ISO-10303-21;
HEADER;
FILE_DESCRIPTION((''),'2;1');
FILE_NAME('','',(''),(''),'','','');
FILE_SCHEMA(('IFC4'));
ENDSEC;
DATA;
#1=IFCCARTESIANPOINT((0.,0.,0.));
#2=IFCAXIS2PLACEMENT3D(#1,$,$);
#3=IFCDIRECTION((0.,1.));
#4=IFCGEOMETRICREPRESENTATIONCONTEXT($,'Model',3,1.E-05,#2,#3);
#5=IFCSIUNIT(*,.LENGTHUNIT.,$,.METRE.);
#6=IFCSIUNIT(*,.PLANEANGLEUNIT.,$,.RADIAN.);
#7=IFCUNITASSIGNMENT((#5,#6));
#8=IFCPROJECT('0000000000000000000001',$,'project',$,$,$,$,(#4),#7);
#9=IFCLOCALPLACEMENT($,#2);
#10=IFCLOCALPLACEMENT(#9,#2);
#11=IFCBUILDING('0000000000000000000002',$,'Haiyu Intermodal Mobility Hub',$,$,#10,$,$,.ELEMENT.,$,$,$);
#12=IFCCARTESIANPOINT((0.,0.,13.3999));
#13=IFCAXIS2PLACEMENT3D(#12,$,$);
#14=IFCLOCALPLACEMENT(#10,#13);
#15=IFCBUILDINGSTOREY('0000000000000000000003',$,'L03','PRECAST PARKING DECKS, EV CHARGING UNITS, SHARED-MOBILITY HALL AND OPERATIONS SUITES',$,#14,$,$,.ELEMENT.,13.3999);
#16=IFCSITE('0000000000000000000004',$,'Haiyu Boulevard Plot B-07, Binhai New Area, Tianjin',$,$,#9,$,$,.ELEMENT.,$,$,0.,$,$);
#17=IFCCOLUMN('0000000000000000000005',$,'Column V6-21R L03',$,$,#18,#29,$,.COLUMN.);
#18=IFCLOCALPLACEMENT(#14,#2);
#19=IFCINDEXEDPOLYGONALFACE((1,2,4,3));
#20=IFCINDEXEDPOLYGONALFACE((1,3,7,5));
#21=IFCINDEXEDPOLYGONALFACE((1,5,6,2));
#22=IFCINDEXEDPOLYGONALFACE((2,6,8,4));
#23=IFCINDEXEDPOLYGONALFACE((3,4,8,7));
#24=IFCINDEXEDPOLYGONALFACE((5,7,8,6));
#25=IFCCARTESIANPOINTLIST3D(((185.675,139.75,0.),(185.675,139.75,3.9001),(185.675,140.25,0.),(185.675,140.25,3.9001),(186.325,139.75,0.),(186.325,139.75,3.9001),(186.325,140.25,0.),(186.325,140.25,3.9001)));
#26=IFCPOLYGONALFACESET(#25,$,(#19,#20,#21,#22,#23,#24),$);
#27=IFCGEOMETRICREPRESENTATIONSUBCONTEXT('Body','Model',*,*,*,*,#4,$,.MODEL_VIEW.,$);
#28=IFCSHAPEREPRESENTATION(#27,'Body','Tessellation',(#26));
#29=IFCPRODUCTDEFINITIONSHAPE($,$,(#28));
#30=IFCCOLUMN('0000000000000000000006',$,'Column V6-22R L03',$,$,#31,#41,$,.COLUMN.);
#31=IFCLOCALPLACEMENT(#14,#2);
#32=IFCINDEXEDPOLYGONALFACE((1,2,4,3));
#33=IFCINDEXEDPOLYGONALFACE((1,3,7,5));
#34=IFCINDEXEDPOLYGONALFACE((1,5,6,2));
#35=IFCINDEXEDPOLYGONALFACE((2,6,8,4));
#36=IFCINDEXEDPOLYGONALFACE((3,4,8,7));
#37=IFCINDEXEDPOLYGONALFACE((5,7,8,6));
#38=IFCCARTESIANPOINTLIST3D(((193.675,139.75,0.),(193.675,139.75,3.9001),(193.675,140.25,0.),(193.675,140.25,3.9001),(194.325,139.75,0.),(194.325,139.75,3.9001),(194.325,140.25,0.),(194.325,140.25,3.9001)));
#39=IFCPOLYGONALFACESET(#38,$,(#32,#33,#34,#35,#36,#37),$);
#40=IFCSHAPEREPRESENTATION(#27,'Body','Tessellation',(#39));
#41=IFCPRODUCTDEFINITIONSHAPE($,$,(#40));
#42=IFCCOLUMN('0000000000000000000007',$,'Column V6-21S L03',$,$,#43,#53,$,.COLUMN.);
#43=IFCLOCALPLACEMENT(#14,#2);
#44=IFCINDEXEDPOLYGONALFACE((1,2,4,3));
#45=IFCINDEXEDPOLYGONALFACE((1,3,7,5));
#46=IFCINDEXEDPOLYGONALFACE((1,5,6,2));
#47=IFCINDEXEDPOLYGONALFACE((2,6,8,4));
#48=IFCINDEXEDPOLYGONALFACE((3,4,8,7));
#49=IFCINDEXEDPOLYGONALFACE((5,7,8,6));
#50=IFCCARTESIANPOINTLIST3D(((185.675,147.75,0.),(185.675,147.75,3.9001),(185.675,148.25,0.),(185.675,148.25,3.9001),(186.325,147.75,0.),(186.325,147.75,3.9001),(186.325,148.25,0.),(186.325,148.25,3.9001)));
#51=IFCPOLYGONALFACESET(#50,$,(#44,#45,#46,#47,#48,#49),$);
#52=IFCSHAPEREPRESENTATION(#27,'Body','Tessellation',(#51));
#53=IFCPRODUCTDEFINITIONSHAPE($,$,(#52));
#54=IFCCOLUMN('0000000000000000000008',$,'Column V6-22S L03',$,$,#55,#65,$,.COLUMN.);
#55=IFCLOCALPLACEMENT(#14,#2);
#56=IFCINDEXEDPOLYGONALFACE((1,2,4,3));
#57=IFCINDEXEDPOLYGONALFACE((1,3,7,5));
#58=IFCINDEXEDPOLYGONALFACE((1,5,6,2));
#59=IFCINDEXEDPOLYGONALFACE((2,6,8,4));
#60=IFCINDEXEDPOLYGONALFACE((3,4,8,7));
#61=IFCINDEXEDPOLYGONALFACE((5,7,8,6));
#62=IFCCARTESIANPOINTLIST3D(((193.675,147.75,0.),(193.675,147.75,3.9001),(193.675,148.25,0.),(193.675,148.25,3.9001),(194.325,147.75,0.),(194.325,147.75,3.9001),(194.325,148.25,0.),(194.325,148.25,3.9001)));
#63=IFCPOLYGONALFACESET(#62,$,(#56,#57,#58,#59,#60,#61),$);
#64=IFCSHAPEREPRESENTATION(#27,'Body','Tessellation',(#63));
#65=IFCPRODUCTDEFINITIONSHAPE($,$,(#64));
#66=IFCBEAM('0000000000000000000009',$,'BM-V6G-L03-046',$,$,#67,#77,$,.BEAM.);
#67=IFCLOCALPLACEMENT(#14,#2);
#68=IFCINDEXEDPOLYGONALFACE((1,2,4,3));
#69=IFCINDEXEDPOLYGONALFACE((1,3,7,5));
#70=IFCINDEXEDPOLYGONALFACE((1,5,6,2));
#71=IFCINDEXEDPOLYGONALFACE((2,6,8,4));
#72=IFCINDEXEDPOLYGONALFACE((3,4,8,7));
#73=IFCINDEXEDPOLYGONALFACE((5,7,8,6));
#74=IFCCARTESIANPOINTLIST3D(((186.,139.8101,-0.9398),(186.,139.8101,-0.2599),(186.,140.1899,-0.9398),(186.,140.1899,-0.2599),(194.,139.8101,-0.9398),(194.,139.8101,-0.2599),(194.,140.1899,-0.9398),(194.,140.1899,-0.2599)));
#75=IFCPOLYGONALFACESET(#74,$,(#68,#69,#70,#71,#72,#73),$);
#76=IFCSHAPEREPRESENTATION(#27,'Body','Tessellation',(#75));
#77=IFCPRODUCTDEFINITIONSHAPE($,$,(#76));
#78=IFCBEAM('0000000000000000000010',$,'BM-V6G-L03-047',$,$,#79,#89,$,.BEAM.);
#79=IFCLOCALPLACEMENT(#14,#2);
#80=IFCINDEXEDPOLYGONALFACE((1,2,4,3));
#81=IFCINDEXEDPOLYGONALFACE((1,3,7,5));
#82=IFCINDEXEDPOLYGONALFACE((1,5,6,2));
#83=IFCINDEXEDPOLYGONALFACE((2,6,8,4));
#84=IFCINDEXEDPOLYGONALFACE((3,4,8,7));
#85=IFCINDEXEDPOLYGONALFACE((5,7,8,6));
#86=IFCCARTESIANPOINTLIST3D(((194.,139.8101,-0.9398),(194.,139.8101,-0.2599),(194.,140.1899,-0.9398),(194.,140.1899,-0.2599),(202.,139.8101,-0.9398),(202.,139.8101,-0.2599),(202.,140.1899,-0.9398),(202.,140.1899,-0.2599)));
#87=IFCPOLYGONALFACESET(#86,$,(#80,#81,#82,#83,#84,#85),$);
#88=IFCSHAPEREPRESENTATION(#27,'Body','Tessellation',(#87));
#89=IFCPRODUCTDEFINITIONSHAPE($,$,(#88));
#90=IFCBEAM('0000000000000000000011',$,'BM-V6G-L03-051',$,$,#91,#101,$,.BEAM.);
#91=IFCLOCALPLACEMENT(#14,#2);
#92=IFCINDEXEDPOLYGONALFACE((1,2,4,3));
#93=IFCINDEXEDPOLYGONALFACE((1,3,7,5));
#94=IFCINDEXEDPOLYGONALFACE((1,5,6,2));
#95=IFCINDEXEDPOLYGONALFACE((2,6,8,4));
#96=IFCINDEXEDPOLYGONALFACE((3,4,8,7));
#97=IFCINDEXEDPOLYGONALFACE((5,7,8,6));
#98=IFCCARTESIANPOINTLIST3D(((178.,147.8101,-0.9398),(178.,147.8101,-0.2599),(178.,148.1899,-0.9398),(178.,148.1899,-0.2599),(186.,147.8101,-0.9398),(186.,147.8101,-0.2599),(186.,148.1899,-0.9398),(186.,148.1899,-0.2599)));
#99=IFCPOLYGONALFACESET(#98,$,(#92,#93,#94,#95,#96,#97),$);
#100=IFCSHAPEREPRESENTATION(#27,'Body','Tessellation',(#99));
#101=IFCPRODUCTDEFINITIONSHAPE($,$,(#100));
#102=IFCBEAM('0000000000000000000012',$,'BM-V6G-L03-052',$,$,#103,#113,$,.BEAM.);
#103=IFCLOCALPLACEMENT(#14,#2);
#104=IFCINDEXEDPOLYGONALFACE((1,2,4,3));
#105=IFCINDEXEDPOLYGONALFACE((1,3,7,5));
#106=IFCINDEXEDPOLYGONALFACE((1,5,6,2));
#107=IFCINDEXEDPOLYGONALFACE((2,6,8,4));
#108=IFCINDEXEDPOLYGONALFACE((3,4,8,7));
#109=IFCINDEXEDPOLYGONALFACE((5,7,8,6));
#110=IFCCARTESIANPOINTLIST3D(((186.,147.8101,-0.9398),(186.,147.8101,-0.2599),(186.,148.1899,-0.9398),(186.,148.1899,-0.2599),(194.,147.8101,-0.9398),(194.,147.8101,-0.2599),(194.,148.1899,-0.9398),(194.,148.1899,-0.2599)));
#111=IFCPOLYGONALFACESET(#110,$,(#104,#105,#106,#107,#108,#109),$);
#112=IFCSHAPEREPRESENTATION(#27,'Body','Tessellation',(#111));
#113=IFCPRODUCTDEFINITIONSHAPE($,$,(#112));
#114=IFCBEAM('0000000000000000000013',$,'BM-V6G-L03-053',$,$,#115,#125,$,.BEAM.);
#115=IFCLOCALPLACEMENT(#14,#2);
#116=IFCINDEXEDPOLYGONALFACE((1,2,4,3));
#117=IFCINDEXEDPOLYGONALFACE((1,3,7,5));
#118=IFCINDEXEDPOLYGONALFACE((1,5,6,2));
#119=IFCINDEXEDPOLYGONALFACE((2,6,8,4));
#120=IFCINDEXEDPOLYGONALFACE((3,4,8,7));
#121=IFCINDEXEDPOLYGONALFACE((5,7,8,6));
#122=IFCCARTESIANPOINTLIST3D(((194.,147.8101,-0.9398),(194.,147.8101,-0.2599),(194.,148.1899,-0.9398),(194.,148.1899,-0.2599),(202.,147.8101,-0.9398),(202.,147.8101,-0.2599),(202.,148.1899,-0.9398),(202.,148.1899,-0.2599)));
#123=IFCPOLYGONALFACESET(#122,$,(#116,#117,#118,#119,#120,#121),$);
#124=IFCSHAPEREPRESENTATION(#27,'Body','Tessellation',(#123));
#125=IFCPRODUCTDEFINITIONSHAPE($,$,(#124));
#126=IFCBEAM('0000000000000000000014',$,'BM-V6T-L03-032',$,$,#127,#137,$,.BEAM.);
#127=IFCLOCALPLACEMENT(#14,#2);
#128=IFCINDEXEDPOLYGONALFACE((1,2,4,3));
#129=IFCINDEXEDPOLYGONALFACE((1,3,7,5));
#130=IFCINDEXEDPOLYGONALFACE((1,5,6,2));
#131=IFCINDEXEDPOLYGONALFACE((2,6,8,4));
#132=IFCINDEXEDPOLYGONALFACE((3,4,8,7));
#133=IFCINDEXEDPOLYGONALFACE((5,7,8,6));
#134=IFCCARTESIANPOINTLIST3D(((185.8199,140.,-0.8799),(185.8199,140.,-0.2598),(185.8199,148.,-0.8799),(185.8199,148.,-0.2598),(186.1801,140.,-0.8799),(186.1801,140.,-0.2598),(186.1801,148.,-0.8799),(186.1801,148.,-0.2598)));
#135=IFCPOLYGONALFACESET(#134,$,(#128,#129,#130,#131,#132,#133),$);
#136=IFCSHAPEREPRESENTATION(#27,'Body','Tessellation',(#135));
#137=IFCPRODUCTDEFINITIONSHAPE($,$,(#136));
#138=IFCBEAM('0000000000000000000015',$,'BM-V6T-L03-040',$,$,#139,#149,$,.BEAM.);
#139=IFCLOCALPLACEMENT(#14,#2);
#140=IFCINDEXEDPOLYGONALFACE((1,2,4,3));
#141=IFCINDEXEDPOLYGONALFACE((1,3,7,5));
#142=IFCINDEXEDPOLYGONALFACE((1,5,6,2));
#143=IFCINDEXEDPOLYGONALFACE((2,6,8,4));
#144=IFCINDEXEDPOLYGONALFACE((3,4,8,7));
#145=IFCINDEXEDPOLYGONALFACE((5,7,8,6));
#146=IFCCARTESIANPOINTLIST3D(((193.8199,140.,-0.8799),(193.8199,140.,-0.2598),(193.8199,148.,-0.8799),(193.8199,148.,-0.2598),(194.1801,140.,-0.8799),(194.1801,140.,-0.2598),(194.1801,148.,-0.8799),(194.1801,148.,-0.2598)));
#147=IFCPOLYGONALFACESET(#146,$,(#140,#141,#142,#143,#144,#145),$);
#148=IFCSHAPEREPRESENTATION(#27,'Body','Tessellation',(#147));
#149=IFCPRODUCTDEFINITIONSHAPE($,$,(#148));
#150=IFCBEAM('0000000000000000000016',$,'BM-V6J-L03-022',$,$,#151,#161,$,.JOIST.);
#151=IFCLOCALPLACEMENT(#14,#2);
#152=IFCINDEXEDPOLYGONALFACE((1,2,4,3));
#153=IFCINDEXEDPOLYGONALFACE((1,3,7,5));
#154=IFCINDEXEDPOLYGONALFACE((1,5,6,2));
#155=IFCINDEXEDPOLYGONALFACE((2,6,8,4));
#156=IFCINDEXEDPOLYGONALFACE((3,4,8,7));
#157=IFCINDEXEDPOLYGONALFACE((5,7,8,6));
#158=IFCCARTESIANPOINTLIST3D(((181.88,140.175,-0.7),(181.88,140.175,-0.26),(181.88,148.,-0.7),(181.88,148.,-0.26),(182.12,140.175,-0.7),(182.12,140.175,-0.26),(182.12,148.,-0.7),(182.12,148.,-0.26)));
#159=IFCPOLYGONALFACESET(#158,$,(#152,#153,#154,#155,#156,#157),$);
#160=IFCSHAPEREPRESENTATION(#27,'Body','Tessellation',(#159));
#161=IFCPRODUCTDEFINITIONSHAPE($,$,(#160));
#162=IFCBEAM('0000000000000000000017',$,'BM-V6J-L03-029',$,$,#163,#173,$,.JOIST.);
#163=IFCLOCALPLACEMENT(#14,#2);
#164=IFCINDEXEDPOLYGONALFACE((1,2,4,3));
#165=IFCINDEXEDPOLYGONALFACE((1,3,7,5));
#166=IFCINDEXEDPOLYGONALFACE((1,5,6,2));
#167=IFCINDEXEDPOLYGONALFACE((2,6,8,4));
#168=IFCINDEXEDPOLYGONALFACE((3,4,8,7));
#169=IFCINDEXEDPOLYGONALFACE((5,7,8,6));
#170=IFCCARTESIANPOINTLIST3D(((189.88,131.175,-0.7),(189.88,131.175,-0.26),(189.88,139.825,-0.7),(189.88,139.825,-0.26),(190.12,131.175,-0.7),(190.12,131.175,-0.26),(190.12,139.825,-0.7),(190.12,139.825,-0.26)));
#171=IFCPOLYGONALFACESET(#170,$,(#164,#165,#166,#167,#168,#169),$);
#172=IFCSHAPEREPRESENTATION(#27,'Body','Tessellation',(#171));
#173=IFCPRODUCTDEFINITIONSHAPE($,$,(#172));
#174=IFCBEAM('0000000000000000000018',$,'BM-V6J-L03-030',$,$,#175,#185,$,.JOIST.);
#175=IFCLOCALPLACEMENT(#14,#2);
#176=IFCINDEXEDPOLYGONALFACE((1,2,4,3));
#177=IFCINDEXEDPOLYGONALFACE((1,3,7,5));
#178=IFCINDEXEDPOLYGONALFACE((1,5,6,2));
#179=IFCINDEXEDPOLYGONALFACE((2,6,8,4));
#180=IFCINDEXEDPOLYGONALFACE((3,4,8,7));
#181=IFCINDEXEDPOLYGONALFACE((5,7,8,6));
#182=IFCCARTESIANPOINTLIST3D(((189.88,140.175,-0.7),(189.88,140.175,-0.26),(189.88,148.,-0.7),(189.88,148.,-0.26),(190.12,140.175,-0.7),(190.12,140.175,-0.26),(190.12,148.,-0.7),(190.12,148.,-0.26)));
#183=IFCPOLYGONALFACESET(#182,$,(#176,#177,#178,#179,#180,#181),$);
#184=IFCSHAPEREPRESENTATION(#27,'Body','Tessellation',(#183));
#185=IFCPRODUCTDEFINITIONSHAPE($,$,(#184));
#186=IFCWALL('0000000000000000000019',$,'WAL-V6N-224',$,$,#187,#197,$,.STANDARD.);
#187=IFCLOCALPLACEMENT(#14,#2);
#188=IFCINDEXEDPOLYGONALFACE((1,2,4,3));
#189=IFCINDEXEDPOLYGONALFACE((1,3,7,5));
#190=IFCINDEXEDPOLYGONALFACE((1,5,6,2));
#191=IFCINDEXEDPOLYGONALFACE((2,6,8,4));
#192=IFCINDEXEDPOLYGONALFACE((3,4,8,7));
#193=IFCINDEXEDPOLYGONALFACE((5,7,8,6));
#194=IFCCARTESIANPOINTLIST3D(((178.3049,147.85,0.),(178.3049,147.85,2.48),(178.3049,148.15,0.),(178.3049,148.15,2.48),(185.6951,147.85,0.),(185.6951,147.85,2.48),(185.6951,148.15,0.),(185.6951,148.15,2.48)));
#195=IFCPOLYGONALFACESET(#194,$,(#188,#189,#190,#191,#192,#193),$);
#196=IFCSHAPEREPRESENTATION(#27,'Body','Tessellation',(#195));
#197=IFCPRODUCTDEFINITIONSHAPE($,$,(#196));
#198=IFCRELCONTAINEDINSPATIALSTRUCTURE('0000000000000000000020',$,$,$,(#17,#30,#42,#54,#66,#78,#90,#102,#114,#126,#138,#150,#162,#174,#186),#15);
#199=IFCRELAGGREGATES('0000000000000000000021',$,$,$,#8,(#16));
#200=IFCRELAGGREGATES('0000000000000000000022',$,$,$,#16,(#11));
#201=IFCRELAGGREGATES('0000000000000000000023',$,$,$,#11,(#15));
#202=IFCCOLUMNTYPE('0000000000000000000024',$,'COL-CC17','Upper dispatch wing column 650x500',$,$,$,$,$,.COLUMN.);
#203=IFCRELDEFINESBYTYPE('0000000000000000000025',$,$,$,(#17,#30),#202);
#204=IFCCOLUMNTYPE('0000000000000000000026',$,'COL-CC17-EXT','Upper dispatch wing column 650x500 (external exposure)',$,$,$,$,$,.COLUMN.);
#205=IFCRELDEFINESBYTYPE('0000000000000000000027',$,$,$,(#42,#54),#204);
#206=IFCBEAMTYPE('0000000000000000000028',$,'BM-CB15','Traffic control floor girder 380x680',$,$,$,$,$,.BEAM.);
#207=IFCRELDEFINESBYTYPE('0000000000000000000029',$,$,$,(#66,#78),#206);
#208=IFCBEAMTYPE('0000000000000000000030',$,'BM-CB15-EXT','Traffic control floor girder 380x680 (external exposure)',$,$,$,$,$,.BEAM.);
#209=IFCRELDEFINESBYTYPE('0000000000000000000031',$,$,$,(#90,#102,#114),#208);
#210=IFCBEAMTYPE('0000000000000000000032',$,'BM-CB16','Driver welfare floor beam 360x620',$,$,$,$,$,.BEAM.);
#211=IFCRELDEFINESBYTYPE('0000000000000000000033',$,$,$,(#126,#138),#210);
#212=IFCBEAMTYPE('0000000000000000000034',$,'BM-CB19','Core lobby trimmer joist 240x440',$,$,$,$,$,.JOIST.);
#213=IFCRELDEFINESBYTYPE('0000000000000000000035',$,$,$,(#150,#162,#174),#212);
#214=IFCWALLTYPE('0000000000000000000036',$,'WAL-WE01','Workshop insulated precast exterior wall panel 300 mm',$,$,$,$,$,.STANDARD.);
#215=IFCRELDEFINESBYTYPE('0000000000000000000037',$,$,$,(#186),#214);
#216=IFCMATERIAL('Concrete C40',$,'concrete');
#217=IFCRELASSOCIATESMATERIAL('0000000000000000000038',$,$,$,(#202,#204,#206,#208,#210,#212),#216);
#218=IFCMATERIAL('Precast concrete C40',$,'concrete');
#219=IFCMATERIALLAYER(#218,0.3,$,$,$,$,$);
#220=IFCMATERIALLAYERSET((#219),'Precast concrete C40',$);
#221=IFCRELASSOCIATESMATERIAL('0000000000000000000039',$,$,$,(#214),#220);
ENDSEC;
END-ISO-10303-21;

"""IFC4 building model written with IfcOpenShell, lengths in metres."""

from ifc_helpers import new_model, si_unit, direction, frame, frame_2d, origin, origin_2d, place, context, subcontext, project, spatial, rectangle, extrude, material, layer, layer_set, material_profile, profile_set, type_object, element, save


model = new_model("IFC4")

# Units and contexts
model_context = context("Model", 3, precision=1e-05, world=origin(), true_north=direction((0.0, 1.0)))
body_context = subcontext(model_context, "Body", "Model", "MODEL_VIEW")
ifc_project = project(units=[si_unit("LENGTHUNIT", "METRE"), si_unit("PLANEANGLEUNIT", "RADIAN")], contexts=[model_context])

# Site, building, storey
site_placement = place(None, origin())
site = spatial("IfcSite", under=ifc_project, at=site_placement, Name="Haiyu Boulevard Plot B-07, Binhai New Area, Tianjin", CompositionType="ELEMENT", RefElevation=0.0)
building_placement = place(site_placement, origin())
building = spatial("IfcBuilding", under=site, at=building_placement, Name="Haiyu Intermodal Mobility Hub", CompositionType="ELEMENT")
storey_placement = place(building_placement, frame((0.0, 0.0, 13.3999)))
storey = spatial("IfcBuildingStorey", under=building, at=storey_placement, Name="L03", Description="PRECAST PARKING DECKS, EV CHARGING UNITS, SHARED-MOBILITY HALL AND OPERATIONS SUITES", CompositionType="ELEMENT", Elevation=13.3999)

# Columns
ifc_material_1 = material(Name="Concrete C40", Category="concrete")
ifc_material_profile_1 = material_profile(ifc_material_1, rectangle(XDim=0.6499, YDim=0.5, at=origin_2d()), Name="C650x500")
ifc_profile_set_1 = profile_set([ifc_material_profile_1], Name="Concrete C40")
column_type_1 = type_object("IfcColumnType", Name="COL-CC17", Description="Upper dispatch wing column 650x500", PredefinedType="COLUMN", material=ifc_profile_set_1)
for number, where, z_axis, x_axis, name in (
    (1, (186.0, 140.0, 0.0), (0.0, 0.0, 1.0), (1.0, 0.0, 0.0), "Column V6-21R L03"),
    (2, (194.0, 140.0, 0.0), (0.0, 0.0, 1.0), (1.0, 0.0, 0.0), "Column V6-22R L03"),
):
    element("IfcColumn", number, at=place(storey_placement, frame(where, z_axis=z_axis, x_axis=x_axis)), inside=storey, type_object=column_type_1, Name=name, PredefinedType="COLUMN", context=body_context, shape_type="SweptSolid", body=[
        extrude(rectangle(XDim=0.6499, YDim=0.5, at=origin_2d()), origin(), (0.0, 0.0, 1.0), 3.9001),
    ])
ifc_material_profile_2 = material_profile(ifc_material_1, rectangle(XDim=0.6499, YDim=0.5, at=origin_2d()), Name="C650x500")
ifc_profile_set_2 = profile_set([ifc_material_profile_2], Name="Concrete C40")
column_type_2 = type_object("IfcColumnType", Name="COL-CC17-EXT", Description="Upper dispatch wing column 650x500 (external exposure)", PredefinedType="COLUMN", material=ifc_profile_set_2)
for number, where, z_axis, x_axis, name in (
    (3, (186.0, 148.0, 0.0), (0.0, 0.0, 1.0), (1.0, 0.0, 0.0), "Column V6-21S L03"),
    (4, (194.0, 148.0, 0.0), (0.0, 0.0, 1.0), (1.0, 0.0, 0.0), "Column V6-22S L03"),
):
    element("IfcColumn", number, at=place(storey_placement, frame(where, z_axis=z_axis, x_axis=x_axis)), inside=storey, type_object=column_type_2, Name=name, PredefinedType="COLUMN", context=body_context, shape_type="SweptSolid", body=[
        extrude(rectangle(XDim=0.6499, YDim=0.5, at=origin_2d()), origin(), (0.0, 0.0, 1.0), 3.9001),
    ])

# Beams
ifc_material_profile_3 = material_profile(ifc_material_1, rectangle(XDim=0.3799, YDim=0.6799, at=origin_2d()), Name="B380x680")
ifc_profile_set_3 = profile_set([ifc_material_profile_3], Name="Concrete C40")
beam_type_1 = type_object("IfcBeamType", Name="BM-CB15", Description="Traffic control floor girder 380x680", PredefinedType="BEAM", material=ifc_profile_set_3)
for number, where, z_axis, x_axis, name in (
    (5, (186.0, 140.0, -0.5999), (1.0, 0.0, 0.0), (0.0, 1.0, 0.0), "BM-V6G-L03-046"),
    (6, (194.0, 140.0, -0.5999), (1.0, 0.0, 0.0), (0.0, 1.0, 0.0), "BM-V6G-L03-047"),
):
    element("IfcBeam", number, at=place(storey_placement, frame(where, z_axis=z_axis, x_axis=x_axis)), inside=storey, type_object=beam_type_1, Name=name, PredefinedType="BEAM", context=body_context, shape_type="SweptSolid", body=[
        extrude(rectangle(XDim=0.3799, YDim=0.6799, at=origin_2d()), origin(), (0.0, 0.0, 1.0), 8.0),
    ])
ifc_material_profile_4 = material_profile(ifc_material_1, rectangle(XDim=0.3799, YDim=0.6799, at=origin_2d()), Name="B380x680")
ifc_profile_set_4 = profile_set([ifc_material_profile_4], Name="Concrete C40")
beam_type_2 = type_object("IfcBeamType", Name="BM-CB15-EXT", Description="Traffic control floor girder 380x680 (external exposure)", PredefinedType="BEAM", material=ifc_profile_set_4)
for number, where, z_axis, x_axis, name in (
    (7, (178.0, 148.0, -0.5999), (1.0, 0.0, 0.0), (0.0, 1.0, 0.0), "BM-V6G-L03-051"),
    (8, (186.0, 148.0, -0.5999), (1.0, 0.0, 0.0), (0.0, 1.0, 0.0), "BM-V6G-L03-052"),
    (9, (194.0, 148.0, -0.5999), (1.0, 0.0, 0.0), (0.0, 1.0, 0.0), "BM-V6G-L03-053"),
):
    element("IfcBeam", number, at=place(storey_placement, frame(where, z_axis=z_axis, x_axis=x_axis)), inside=storey, type_object=beam_type_2, Name=name, PredefinedType="BEAM", context=body_context, shape_type="SweptSolid", body=[
        extrude(rectangle(XDim=0.3799, YDim=0.6799, at=origin_2d()), origin(), (0.0, 0.0, 1.0), 8.0),
    ])
ifc_material_profile_5 = material_profile(ifc_material_1, rectangle(XDim=0.3601, YDim=0.6201, at=origin_2d()), Name="B360x620")
ifc_profile_set_5 = profile_set([ifc_material_profile_5], Name="Concrete C40")
beam_type_3 = type_object("IfcBeamType", Name="BM-CB16", Description="Driver welfare floor beam 360x620", PredefinedType="BEAM", material=ifc_profile_set_5)
for number, where, z_axis, x_axis, name in (
    (10, (186.0, 140.0, -0.5698), (0.0, 1.0, 0.0), (-1.0, 0.0, 0.0), "BM-V6T-L03-032"),
    (11, (194.0, 140.0, -0.5698), (0.0, 1.0, 0.0), (-1.0, 0.0, 0.0), "BM-V6T-L03-040"),
):
    element("IfcBeam", number, at=place(storey_placement, frame(where, z_axis=z_axis, x_axis=x_axis)), inside=storey, type_object=beam_type_3, Name=name, PredefinedType="BEAM", context=body_context, shape_type="SweptSolid", body=[
        extrude(rectangle(XDim=0.3601, YDim=0.6201, at=origin_2d()), origin(), (0.0, 0.0, 1.0), 8.0),
    ])
ifc_material_profile_6 = material_profile(ifc_material_1, rectangle(XDim=0.24, YDim=0.4399, at=origin_2d()), Name="B240x440")
ifc_profile_set_6 = profile_set([ifc_material_profile_6], Name="Concrete C40")
beam_type_4 = type_object("IfcBeamType", Name="BM-CB19", Description="Core lobby trimmer joist 240x440", PredefinedType="JOIST", material=ifc_profile_set_6)
beam_1_placement = place(storey_placement, frame((182.0, 140.175, -0.48), z_axis=(0.0, 1.0, 0.0), x_axis=(-1.0, 0.0, 0.0)))
element("IfcBeam", 12, at=beam_1_placement, inside=storey, type_object=beam_type_4, Name="BM-V6J-L03-022", PredefinedType="JOIST", context=body_context, shape_type="SweptSolid", body=[
    extrude(rectangle(XDim=0.24, YDim=0.4399, at=origin_2d()), origin(), (0.0, 0.0, 1.0), 7.825),
])
beam_2_placement = place(storey_placement, frame((190.0, 131.175, -0.48), z_axis=(0.0, 1.0, 0.0), x_axis=(-1.0, 0.0, 0.0)))
element("IfcBeam", 13, at=beam_2_placement, inside=storey, type_object=beam_type_4, Name="BM-V6J-L03-029", PredefinedType="JOIST", context=body_context, shape_type="SweptSolid", body=[
    extrude(rectangle(XDim=0.24, YDim=0.4399, at=origin_2d()), origin(), (0.0, 0.0, 1.0), 8.6499),
])
beam_3_placement = place(storey_placement, frame((190.0, 140.175, -0.48), z_axis=(0.0, 1.0, 0.0), x_axis=(-1.0, 0.0, 0.0)))
element("IfcBeam", 14, at=beam_3_placement, inside=storey, type_object=beam_type_4, Name="BM-V6J-L03-030", PredefinedType="JOIST", context=body_context, shape_type="SweptSolid", body=[
    extrude(rectangle(XDim=0.24, YDim=0.4399, at=origin_2d()), origin(), (0.0, 0.0, 1.0), 7.825),
])

# Wall
ifc_material_2 = material(Name="Precast concrete C40", Category="concrete")
ifc_layer_1 = layer(ifc_material_2, 0.3)
ifc_layer_set_1 = layer_set([ifc_layer_1], Name="Precast concrete C40")
wall_type_1 = type_object("IfcWallType", Name="WAL-WE01", Description="Workshop insulated precast exterior wall panel 300 mm", PredefinedType="STANDARD", material=ifc_layer_set_1)
for number, where, z_axis, x_axis, name in (
    (15, (185.6951, 148.0, 0.0), (0.0, 0.0, 1.0), (-1.0, 0.0, 0.0), "WAL-V6N-224"),
):
    element("IfcWall", number, at=place(storey_placement, frame(where, z_axis=z_axis, x_axis=x_axis)), inside=storey, type_object=wall_type_1, Name=name, PredefinedType="STANDARD", context=body_context, shape_type="SweptSolid", body=[
        extrude(rectangle(XDim=7.3901, YDim=0.3, at=frame_2d((3.6951, 0.0))), origin(), (0.0, 0.0, 1.0), 2.48),
    ])

save(model, "model.ifc")
